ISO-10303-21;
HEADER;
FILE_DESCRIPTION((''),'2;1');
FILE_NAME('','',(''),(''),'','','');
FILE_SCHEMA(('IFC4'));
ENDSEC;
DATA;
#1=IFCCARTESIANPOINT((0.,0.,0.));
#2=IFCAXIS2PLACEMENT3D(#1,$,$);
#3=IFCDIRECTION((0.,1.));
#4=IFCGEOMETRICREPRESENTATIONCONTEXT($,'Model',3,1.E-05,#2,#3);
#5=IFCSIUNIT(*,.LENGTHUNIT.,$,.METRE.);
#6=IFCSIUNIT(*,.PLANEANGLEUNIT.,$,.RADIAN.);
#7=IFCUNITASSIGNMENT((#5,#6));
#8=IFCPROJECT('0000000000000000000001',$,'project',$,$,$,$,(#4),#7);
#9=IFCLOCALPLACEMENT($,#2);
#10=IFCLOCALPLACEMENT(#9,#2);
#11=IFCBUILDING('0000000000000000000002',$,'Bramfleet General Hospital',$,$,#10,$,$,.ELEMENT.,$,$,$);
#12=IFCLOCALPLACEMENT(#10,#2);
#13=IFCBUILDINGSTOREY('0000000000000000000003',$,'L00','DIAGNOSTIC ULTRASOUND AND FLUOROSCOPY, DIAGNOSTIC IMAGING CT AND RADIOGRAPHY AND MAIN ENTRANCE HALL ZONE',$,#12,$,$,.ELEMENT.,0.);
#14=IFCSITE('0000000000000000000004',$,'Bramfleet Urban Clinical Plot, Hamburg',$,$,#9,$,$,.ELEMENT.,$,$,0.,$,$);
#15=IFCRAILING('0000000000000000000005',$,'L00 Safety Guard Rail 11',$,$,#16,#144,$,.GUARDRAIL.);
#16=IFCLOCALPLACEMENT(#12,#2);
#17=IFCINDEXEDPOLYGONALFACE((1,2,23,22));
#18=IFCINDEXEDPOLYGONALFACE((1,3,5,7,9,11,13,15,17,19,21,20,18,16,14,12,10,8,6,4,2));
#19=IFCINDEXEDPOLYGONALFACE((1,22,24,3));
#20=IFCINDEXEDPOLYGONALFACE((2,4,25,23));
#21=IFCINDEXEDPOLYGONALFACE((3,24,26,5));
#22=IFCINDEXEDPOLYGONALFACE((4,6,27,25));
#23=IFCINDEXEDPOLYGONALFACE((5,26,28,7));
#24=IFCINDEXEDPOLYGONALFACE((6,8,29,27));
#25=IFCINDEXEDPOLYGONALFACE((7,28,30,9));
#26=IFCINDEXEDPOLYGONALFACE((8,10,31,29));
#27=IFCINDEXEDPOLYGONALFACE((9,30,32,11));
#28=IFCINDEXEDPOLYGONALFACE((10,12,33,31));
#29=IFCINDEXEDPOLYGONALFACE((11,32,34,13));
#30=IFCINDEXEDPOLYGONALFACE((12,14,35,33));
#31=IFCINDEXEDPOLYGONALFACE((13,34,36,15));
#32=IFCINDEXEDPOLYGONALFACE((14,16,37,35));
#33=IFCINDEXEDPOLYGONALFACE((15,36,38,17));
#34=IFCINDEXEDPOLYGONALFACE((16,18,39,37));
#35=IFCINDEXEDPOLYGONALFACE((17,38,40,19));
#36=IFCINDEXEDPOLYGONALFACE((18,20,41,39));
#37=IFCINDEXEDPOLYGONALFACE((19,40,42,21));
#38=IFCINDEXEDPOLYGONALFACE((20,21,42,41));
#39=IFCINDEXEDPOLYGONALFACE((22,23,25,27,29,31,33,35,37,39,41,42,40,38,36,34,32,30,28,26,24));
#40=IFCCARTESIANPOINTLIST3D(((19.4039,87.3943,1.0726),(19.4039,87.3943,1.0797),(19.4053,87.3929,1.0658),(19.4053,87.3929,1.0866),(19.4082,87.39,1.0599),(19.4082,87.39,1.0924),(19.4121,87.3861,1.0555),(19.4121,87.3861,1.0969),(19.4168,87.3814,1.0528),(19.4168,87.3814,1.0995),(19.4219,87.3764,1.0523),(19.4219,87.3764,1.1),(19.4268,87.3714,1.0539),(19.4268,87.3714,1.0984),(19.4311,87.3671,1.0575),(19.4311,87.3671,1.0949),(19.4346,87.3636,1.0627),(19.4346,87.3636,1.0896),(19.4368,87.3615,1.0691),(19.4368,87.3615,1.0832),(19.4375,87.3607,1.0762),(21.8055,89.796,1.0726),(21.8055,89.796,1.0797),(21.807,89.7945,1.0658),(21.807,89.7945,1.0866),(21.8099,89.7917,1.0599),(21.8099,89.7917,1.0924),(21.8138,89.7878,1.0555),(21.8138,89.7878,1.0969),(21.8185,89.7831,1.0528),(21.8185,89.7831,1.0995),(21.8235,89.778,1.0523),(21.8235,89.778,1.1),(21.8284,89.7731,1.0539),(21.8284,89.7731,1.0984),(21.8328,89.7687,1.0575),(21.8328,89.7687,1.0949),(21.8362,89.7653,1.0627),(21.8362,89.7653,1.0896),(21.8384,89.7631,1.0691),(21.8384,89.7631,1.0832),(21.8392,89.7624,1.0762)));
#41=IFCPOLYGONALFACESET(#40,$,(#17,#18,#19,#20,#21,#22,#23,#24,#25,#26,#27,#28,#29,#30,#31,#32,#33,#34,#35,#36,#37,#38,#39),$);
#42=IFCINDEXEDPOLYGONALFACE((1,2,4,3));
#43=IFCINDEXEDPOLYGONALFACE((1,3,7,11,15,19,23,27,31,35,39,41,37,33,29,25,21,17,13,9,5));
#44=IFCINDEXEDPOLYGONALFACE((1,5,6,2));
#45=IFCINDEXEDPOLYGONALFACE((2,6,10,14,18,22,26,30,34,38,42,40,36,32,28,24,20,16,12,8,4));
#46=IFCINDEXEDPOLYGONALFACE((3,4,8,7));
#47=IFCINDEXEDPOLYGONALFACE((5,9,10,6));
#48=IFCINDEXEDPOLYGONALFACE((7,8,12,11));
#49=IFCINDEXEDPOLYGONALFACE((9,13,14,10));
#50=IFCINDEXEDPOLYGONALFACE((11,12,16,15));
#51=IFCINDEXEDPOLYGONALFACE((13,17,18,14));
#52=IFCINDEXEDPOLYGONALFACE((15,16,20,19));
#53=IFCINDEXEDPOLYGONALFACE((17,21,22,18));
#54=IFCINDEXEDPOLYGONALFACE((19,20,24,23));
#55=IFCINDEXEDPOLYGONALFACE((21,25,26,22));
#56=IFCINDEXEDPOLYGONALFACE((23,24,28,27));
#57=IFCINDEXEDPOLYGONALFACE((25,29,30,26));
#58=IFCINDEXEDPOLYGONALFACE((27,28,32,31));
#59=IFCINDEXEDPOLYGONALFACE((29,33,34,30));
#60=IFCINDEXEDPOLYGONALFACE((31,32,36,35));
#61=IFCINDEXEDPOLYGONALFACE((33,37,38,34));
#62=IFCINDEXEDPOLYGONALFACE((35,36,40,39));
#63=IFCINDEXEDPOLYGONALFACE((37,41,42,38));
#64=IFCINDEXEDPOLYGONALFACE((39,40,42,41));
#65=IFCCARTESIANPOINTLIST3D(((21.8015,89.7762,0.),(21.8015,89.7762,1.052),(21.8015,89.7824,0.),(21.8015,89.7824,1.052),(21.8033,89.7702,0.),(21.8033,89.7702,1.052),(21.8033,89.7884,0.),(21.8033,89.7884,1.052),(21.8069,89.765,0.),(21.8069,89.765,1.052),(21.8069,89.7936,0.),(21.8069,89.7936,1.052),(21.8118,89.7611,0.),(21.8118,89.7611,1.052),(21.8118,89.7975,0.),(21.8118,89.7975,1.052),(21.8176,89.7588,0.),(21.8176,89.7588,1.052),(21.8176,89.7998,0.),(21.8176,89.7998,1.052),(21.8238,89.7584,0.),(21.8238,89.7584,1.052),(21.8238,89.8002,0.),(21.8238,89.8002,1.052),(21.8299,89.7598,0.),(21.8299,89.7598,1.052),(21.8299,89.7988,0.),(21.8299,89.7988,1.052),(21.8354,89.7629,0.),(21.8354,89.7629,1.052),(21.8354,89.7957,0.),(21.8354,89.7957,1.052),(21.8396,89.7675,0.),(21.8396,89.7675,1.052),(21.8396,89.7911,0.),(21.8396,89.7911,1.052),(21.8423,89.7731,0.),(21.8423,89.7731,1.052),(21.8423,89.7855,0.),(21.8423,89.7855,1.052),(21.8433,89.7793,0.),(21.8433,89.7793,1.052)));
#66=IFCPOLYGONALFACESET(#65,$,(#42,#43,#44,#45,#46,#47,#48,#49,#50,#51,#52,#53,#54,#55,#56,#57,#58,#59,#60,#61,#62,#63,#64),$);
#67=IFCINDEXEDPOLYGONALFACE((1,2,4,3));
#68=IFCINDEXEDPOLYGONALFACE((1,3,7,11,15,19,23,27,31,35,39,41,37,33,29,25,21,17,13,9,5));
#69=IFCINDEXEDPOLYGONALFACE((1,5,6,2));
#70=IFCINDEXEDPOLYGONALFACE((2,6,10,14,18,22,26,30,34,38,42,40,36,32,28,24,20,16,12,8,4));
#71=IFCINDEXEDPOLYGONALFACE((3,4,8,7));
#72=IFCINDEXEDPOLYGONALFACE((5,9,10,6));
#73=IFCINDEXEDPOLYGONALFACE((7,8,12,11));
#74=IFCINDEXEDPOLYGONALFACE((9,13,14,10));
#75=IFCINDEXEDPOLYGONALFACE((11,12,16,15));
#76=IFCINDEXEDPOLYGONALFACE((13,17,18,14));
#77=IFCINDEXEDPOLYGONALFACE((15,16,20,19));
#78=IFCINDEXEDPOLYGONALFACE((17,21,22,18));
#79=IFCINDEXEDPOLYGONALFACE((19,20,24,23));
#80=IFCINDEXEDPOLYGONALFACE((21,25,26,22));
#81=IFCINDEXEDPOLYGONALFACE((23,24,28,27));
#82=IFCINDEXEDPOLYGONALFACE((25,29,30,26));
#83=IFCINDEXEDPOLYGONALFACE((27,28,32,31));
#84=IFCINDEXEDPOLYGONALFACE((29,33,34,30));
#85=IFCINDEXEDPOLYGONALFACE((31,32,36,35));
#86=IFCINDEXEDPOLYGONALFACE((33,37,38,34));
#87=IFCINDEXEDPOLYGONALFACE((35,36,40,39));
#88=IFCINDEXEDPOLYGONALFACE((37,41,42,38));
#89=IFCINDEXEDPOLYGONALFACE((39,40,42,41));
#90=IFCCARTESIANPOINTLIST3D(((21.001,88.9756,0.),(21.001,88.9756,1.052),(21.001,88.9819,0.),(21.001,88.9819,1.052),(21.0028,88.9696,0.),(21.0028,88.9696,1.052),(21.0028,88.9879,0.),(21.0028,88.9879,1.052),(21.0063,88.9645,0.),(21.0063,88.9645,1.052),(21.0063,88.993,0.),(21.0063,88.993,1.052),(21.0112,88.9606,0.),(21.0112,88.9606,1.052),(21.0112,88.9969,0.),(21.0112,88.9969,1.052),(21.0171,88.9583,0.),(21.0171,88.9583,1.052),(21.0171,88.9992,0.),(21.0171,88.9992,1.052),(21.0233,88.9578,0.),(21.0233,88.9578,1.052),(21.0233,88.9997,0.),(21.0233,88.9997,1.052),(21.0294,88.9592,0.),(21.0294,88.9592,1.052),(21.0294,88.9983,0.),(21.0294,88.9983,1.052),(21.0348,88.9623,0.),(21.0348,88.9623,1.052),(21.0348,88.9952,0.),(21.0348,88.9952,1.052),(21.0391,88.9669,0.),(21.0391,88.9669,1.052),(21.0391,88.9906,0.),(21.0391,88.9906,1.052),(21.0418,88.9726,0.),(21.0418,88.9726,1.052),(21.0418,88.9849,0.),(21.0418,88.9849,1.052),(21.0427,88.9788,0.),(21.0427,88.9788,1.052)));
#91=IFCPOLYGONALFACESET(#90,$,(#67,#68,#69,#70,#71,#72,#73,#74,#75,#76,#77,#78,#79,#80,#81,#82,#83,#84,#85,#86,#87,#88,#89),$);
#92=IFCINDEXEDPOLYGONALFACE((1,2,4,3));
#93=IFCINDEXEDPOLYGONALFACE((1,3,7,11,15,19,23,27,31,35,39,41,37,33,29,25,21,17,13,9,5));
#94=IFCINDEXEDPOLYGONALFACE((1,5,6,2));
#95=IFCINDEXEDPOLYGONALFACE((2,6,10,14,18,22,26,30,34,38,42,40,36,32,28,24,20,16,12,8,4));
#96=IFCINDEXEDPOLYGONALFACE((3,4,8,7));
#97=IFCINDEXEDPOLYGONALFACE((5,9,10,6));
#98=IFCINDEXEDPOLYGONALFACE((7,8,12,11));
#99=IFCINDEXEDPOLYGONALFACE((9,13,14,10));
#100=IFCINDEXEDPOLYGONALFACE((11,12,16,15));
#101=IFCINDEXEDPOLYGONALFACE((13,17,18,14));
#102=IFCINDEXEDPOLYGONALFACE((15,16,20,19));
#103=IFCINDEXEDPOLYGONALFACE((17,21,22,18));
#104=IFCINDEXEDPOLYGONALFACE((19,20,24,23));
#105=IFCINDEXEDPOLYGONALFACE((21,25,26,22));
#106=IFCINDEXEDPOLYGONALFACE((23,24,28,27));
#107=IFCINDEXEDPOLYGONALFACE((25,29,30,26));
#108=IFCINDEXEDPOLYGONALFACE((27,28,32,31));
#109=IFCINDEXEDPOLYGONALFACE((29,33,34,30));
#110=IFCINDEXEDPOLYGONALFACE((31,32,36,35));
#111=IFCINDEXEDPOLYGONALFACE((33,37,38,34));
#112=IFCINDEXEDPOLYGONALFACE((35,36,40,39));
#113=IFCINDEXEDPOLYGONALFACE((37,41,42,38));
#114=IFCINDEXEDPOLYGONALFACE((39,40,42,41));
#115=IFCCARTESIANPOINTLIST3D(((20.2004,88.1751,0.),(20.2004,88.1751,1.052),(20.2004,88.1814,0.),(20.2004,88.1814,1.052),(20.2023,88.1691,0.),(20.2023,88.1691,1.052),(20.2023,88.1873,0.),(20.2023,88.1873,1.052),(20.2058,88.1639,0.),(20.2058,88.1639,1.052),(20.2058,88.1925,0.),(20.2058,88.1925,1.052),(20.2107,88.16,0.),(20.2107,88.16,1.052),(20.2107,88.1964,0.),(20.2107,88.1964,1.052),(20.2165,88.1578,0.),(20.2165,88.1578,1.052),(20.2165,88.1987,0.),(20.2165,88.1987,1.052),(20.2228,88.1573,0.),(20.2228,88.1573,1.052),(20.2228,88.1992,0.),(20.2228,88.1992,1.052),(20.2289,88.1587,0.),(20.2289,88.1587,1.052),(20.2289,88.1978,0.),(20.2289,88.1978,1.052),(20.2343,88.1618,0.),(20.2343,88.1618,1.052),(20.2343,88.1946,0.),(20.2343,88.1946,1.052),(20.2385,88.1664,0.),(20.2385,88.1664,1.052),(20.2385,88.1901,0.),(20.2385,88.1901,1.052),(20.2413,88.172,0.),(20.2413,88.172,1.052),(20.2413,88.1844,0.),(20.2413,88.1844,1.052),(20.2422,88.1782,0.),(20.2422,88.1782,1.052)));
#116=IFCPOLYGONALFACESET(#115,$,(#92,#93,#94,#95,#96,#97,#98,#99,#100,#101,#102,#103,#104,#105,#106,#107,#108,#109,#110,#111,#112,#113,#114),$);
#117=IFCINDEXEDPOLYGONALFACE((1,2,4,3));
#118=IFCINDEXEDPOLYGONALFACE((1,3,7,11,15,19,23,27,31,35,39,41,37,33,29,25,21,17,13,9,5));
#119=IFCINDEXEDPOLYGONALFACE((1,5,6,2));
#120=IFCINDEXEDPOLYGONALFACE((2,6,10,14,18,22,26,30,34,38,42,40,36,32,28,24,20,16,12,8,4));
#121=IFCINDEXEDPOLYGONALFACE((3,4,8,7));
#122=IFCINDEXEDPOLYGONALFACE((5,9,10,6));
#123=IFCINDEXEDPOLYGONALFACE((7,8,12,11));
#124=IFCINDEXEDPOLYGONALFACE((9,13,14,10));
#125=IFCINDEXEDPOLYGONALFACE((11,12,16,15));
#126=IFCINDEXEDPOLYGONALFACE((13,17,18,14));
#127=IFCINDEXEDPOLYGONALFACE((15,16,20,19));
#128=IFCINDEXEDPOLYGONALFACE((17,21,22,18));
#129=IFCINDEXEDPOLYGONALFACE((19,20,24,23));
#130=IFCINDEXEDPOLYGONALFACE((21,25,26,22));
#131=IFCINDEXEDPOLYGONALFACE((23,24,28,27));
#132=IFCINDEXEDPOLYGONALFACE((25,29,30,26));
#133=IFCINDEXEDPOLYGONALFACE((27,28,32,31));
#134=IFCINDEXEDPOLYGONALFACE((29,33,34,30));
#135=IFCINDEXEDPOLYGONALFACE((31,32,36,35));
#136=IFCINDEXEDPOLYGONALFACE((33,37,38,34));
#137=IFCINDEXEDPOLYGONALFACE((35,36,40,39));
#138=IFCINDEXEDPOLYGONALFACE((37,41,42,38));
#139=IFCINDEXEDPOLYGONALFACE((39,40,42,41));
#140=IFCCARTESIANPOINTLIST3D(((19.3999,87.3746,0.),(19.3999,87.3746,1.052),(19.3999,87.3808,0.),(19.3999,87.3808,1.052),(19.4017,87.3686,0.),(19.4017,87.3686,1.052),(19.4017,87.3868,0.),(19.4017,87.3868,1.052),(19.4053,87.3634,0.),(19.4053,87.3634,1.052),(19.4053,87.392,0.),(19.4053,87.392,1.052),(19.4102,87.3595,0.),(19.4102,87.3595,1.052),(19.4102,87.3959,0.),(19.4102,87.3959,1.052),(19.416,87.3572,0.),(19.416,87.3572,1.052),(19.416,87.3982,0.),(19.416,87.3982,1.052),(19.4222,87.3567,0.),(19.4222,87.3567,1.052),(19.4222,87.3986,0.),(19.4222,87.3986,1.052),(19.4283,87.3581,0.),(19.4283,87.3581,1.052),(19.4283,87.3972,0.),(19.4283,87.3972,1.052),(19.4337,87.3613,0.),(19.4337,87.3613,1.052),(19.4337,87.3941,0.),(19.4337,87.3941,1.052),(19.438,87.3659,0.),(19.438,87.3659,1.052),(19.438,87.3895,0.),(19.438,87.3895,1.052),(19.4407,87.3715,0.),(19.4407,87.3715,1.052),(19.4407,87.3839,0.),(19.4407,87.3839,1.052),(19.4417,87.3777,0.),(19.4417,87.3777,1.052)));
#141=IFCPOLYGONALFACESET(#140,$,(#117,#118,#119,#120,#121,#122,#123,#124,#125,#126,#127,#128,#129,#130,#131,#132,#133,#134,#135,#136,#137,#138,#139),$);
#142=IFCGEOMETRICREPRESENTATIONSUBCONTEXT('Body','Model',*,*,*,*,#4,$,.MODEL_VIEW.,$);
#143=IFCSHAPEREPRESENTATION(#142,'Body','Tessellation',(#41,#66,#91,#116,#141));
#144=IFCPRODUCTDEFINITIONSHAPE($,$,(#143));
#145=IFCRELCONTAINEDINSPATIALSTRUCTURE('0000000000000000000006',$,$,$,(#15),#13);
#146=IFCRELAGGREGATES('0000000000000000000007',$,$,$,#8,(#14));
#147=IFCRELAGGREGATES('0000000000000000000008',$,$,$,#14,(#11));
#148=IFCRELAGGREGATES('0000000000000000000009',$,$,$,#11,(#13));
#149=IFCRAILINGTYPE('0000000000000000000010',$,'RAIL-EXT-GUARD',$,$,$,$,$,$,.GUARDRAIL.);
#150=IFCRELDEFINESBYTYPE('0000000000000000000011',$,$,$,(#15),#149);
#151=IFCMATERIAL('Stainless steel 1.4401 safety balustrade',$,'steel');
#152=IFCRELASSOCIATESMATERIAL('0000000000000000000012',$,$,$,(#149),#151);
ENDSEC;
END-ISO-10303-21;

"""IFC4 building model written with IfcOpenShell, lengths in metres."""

from ifc_helpers import new_model, si_unit, direction, frame, origin, origin_2d, place, context, subcontext, project, spatial, circle, extrude, material, type_object, element, save


model = new_model("IFC4")

# Units and contexts
model_context = context("Model", 3, precision=1e-05, world=origin(), true_north=direction((0.0, 1.0)))
body_context = subcontext(model_context, "Body", "Model", "MODEL_VIEW")
ifc_project = project(units=[si_unit("LENGTHUNIT", "METRE"), si_unit("PLANEANGLEUNIT", "RADIAN")], contexts=[model_context])

# Site, building, storey
site_placement = place(None, origin())
site = spatial("IfcSite", under=ifc_project, at=site_placement, Name="Bramfleet Urban Clinical Plot, Hamburg", CompositionType="ELEMENT", RefElevation=0.0)
building_placement = place(site_placement, origin())
building = spatial("IfcBuilding", under=site, at=building_placement, Name="Bramfleet General Hospital", CompositionType="ELEMENT")
storey_placement = place(building_placement, origin())
storey = spatial("IfcBuildingStorey", under=building, at=storey_placement, Name="L00", Description="DIAGNOSTIC ULTRASOUND AND FLUOROSCOPY, DIAGNOSTIC IMAGING CT AND RADIOGRAPHY AND MAIN ENTRANCE HALL ZONE", CompositionType="ELEMENT", Elevation=0.0)

# Railing
ifc_material_1 = material(Name="Stainless steel 1.4401 safety balustrade", Category="steel")
railing_type = type_object("IfcRailingType", Name="RAIL-EXT-GUARD", PredefinedType="GUARDRAIL", material=ifc_material_1)
railing_placement = place(storey_placement, frame((21.8223, 89.7793, 0.0)))
element("IfcRailing", 1, at=railing_placement, inside=storey, type_object=railing_type, Name="L00 Safety Guard Rail 11", PredefinedType="GUARDRAIL", context=body_context, shape_type="SweptSolid", body=[
    extrude(circle(Radius=0.0239, at=origin_2d()), frame((0.0, 0.0, 1.0762), z_axis=(-0.707107, -0.707107, 0.0), x_axis=(0.707107, -0.707107, 0.0)), (0.0, 0.0, 1.0), 3.3965),
    extrude(circle(Radius=0.021, at=origin_2d()), origin(), (0.0, 0.0, 1.0), 1.052),
    extrude(circle(Radius=0.021, at=origin_2d()), frame((-0.8005, -0.8005, 0.0)), (0.0, 0.0, 1.0), 1.052),
    extrude(circle(Radius=0.021, at=origin_2d()), frame((-1.6011, -1.6011, 0.0)), (0.0, 0.0, 1.0), 1.052),
    extrude(circle(Radius=0.021, at=origin_2d()), frame((-2.4016, -2.4016, 0.0)), (0.0, 0.0, 1.0), 1.052),
])

save(model, "model.ifc")
